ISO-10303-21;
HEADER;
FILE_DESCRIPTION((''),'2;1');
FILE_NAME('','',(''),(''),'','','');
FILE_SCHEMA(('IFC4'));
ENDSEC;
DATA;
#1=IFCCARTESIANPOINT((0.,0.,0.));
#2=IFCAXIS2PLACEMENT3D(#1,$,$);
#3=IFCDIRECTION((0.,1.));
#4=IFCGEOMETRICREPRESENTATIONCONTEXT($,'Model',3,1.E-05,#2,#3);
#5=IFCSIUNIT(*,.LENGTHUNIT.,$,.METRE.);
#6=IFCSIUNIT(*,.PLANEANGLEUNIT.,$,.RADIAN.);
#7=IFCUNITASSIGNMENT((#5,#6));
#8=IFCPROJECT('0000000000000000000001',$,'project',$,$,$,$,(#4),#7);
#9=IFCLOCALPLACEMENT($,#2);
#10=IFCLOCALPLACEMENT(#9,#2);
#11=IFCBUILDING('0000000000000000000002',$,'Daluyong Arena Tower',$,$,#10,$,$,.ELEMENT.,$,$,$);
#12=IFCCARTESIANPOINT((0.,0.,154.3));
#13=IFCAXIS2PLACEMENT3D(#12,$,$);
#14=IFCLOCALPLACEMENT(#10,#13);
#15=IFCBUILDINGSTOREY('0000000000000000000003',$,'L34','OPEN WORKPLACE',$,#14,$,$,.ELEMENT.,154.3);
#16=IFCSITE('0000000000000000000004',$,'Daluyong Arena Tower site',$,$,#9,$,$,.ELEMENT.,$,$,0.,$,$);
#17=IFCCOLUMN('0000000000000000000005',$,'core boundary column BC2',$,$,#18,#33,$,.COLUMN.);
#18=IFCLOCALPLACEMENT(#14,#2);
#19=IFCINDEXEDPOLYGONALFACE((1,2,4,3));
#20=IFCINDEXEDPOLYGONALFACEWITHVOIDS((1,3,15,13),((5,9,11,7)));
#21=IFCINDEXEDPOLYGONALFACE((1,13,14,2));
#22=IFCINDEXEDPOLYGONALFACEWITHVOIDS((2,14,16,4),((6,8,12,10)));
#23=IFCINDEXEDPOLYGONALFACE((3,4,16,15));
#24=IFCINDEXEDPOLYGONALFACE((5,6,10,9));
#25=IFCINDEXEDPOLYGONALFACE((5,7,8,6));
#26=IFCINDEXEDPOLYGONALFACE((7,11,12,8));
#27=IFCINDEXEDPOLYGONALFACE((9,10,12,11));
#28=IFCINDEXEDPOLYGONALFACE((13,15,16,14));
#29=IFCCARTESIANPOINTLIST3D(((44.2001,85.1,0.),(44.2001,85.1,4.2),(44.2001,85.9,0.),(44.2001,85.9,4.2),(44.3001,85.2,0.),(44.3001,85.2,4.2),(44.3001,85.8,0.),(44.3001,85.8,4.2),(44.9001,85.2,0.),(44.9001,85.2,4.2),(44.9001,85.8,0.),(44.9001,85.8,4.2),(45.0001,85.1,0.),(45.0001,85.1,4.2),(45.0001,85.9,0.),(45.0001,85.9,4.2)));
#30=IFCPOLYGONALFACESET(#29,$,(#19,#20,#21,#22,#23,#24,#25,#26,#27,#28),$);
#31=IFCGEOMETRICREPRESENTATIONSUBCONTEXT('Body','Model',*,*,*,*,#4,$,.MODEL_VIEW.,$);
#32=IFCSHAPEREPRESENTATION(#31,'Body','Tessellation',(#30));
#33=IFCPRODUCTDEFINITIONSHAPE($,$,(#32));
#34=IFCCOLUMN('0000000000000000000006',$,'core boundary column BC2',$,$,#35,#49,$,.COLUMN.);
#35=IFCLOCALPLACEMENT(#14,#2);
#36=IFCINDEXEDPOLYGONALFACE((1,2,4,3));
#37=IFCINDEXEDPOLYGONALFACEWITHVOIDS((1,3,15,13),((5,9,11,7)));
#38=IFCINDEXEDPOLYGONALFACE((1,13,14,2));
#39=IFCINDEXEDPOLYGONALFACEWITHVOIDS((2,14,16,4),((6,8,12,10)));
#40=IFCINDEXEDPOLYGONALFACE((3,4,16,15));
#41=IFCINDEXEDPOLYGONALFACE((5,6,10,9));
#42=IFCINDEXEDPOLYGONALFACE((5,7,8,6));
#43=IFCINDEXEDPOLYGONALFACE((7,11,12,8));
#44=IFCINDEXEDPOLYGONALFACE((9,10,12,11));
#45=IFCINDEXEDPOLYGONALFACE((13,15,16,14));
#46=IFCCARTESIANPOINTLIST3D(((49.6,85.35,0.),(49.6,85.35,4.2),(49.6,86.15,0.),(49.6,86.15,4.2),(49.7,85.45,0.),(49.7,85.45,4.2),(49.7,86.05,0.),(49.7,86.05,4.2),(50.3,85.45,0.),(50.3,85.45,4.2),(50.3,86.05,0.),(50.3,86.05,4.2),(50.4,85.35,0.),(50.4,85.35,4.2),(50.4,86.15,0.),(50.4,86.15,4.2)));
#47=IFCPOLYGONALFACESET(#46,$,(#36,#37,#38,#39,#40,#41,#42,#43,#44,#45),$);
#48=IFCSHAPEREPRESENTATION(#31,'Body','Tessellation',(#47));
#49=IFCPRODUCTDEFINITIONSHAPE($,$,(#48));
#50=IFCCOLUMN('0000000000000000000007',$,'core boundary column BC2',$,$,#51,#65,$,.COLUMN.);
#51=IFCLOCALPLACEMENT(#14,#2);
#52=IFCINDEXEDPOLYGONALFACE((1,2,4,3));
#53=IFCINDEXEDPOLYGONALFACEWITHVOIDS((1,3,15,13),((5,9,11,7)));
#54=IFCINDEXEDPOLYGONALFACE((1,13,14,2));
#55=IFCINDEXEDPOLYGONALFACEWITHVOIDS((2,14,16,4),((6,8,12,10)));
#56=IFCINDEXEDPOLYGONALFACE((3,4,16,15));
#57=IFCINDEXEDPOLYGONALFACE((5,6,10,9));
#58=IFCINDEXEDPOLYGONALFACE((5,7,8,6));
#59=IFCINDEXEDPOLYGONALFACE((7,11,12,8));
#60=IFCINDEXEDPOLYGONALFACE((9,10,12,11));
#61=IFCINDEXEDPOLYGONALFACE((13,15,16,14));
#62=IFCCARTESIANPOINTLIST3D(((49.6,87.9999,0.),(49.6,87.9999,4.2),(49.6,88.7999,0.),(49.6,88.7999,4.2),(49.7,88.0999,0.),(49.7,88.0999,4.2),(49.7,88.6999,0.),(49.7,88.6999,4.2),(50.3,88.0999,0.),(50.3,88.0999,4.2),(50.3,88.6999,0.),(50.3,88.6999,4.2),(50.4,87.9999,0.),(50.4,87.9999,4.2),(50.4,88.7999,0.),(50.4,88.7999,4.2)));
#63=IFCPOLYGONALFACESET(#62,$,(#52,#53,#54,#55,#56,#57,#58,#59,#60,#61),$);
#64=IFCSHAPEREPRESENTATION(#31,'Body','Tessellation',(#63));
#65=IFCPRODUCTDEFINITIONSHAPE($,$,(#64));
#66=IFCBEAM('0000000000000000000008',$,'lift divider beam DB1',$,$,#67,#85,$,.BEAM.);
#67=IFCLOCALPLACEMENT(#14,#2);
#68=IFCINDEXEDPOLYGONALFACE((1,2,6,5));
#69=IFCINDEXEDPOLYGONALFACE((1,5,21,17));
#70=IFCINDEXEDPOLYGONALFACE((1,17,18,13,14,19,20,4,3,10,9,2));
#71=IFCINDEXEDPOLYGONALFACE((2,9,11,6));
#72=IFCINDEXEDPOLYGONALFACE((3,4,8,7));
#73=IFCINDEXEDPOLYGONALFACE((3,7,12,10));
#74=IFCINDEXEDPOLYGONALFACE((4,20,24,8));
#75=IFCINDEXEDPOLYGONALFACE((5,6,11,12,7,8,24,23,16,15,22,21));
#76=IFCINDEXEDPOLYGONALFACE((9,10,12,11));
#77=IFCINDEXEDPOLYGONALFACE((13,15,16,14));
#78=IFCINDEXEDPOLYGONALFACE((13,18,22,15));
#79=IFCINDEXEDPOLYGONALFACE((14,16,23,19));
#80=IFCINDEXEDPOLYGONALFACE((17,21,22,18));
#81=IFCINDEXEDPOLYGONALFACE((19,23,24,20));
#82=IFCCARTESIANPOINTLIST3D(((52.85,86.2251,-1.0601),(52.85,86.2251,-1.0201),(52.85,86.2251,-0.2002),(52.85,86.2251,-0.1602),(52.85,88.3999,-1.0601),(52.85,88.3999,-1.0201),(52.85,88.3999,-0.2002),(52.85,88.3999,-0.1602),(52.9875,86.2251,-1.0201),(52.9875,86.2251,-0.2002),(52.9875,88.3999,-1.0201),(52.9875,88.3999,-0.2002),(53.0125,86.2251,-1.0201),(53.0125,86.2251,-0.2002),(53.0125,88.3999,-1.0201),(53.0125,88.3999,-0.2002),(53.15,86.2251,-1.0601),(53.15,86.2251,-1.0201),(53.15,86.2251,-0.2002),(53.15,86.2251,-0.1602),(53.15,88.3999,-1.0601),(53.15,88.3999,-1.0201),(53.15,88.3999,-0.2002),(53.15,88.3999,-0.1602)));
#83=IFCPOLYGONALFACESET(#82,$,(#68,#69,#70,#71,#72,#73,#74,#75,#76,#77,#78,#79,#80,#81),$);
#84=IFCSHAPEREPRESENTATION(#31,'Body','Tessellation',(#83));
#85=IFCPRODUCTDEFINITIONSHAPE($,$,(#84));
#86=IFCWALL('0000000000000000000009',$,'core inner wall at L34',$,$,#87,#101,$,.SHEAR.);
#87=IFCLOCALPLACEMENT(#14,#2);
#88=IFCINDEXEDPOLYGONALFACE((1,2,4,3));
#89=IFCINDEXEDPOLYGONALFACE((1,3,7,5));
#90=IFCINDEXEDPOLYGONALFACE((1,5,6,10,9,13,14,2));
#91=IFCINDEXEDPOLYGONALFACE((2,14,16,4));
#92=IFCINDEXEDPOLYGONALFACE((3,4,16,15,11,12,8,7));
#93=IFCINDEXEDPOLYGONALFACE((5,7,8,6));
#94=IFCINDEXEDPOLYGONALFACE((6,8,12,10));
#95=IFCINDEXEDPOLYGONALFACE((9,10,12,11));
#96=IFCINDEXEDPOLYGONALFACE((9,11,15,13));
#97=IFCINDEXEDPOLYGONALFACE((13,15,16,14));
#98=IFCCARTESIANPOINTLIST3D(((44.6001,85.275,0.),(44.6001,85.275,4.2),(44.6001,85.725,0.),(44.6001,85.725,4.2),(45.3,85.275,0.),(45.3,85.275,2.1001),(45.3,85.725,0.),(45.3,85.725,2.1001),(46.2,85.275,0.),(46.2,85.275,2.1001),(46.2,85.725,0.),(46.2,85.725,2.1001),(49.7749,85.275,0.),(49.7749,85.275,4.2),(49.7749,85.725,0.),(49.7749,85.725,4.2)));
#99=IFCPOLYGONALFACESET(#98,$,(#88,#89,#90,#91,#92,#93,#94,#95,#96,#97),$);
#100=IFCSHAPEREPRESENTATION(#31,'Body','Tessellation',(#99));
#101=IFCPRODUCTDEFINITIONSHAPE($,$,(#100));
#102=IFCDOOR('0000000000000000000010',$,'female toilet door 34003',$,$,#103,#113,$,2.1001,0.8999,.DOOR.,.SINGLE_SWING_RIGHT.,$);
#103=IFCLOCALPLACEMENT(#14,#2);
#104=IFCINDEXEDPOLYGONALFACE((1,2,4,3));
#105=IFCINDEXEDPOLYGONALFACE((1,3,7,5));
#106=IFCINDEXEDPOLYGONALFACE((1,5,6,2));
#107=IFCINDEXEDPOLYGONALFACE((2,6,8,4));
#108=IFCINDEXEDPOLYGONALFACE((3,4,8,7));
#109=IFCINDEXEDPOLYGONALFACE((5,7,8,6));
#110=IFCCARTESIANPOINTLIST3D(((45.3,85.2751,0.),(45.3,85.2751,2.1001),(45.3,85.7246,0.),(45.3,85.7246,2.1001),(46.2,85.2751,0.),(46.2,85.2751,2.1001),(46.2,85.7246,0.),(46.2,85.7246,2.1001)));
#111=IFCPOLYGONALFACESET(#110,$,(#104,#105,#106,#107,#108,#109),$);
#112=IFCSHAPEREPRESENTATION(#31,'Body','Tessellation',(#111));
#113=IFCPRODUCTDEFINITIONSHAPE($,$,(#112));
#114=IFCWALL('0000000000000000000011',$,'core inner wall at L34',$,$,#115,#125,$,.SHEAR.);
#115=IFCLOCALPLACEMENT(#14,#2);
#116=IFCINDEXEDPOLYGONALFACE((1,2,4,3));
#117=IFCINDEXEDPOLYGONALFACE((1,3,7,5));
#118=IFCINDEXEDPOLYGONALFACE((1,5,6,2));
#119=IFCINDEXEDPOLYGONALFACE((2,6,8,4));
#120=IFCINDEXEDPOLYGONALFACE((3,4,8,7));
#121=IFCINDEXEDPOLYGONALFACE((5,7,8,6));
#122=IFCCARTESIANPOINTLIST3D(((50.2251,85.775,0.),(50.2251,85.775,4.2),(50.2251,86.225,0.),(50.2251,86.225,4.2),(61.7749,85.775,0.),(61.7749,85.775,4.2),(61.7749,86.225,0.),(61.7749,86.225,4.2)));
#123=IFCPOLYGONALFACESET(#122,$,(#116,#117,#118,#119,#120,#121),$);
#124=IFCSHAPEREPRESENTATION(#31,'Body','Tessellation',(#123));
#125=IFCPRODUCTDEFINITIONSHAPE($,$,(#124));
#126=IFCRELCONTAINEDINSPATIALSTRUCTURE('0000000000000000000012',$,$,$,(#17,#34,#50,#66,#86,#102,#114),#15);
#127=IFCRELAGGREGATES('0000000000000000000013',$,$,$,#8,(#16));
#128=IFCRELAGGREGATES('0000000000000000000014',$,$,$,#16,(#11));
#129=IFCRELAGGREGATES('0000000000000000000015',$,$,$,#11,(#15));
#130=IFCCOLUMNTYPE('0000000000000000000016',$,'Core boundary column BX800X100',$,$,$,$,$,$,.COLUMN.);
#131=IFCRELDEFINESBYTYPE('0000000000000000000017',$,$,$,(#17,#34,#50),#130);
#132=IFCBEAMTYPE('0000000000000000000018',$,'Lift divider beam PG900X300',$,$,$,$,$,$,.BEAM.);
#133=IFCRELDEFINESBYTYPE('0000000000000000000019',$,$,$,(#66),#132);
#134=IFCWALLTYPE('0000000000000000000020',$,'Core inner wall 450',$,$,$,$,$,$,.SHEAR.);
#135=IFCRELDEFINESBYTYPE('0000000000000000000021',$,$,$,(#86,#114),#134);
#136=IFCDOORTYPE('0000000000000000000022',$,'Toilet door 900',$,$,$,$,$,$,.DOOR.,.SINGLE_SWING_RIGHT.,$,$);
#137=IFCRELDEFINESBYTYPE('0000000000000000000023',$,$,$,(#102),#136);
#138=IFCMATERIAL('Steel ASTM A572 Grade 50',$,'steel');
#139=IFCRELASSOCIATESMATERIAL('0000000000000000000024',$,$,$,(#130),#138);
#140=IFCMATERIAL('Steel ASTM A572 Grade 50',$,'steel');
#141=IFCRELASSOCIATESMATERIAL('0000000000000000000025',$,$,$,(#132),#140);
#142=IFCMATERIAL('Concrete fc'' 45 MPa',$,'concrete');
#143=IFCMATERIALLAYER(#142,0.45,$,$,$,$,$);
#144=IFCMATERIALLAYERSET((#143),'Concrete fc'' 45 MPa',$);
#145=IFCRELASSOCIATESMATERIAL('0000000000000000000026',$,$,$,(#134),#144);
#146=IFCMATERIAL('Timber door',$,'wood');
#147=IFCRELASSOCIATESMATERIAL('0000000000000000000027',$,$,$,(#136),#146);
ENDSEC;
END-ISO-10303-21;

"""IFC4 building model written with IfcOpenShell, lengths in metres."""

from ifc_helpers import new_model, si_unit, direction, frame, frame_2d, origin, origin_2d, place, context, subcontext, project, spatial, rectangle, hollow_rectangle, i_section, extrude, material, layer, layer_set, material_profile, profile_set, type_object, element, fill, save


model = new_model("IFC4")

# Units and contexts
model_context = context("Model", 3, precision=1e-05, world=origin(), true_north=direction((0.0, 1.0)))
body_context = subcontext(model_context, "Body", "Model", "MODEL_VIEW")
ifc_project = project(units=[si_unit("LENGTHUNIT", "METRE"), si_unit("PLANEANGLEUNIT", "RADIAN")], contexts=[model_context])

# Site, building, storey
site_placement = place(None, origin())
site = spatial("IfcSite", under=ifc_project, at=site_placement, Name="Daluyong Arena Tower site", CompositionType="ELEMENT", RefElevation=0.0)
building_placement = place(site_placement, origin())
building = spatial("IfcBuilding", under=site, at=building_placement, Name="Daluyong Arena Tower", CompositionType="ELEMENT")
storey_placement = place(building_placement, frame((0.0, 0.0, 154.3)))
storey = spatial("IfcBuildingStorey", under=building, at=storey_placement, Name="L34", Description="OPEN WORKPLACE", CompositionType="ELEMENT", Elevation=154.3)

# Columns
ifc_material_1 = material(Name="Steel ASTM A572 Grade 50", Category="steel")
ifc_material_profile_1 = material_profile(ifc_material_1, hollow_rectangle(XDim=0.8, YDim=0.8, WallThickness=0.1, at=origin_2d()))
ifc_profile_set_1 = profile_set([ifc_material_profile_1], Name="Steel ASTM A572 Grade 50")
column_type = type_object("IfcColumnType", Name="Core boundary column BX800X100", PredefinedType="COLUMN", material=ifc_profile_set_1)
for number, where, z_axis, x_axis, name in (
    (1, (44.6001, 85.5, 0.0), (0.0, 0.0, 1.0), (1.0, 0.0, 0.0), "core boundary column BC2"),
    (2, (50.0, 85.75, 0.0), (0.0, 0.0, 1.0), (1.0, 0.0, 0.0), "core boundary column BC2"),
    (3, (50.0, 88.3999, 0.0), (0.0, 0.0, 1.0), (1.0, 0.0, 0.0), "core boundary column BC2"),
):
    element("IfcColumn", number, at=place(storey_placement, frame(where, z_axis=z_axis, x_axis=x_axis)), inside=storey, type_object=column_type, Name=name, PredefinedType="COLUMN", context=body_context, shape_type="SweptSolid", body=[
        extrude(hollow_rectangle(XDim=0.8, YDim=0.8, WallThickness=0.1, at=origin_2d()), origin(), (0.0, 0.0, 1.0), 4.2),
    ])

# Beam
ifc_material_2 = material(Name="Steel ASTM A572 Grade 50", Category="steel")
ifc_material_profile_2 = material_profile(ifc_material_2, i_section(OverallWidth=0.3, OverallDepth=0.8999, WebThickness=0.025, FlangeThickness=0.04, at=origin_2d()))
ifc_profile_set_2 = profile_set([ifc_material_profile_2], Name="Steel ASTM A572 Grade 50")
beam_type = type_object("IfcBeamType", Name="Lift divider beam PG900X300", PredefinedType="BEAM", material=ifc_profile_set_2)
beam_placement = place(storey_placement, frame((53.0, 86.2251, -0.6101), z_axis=(0.0, 1.0, 0.0), x_axis=(-1.0, 0.0, 0.0)))
element("IfcBeam", 4, at=beam_placement, inside=storey, type_object=beam_type, Name="lift divider beam DB1", PredefinedType="BEAM", context=body_context, shape_type="SweptSolid", body=[
    extrude(i_section(OverallWidth=0.3, OverallDepth=0.8999, WebThickness=0.025, FlangeThickness=0.04, at=origin_2d()), origin(), (0.0, 0.0, 1.0), 2.1748),
])

# Wall, opening, door
ifc_material_3 = material(Name="Concrete fc' 45 MPa", Category="concrete")
ifc_layer_1 = layer(ifc_material_3, 0.45)
ifc_layer_set_1 = layer_set([ifc_layer_1], Name="Concrete fc' 45 MPa")
wall_type_1 = type_object("IfcWallType", Name="Core inner wall 450", PredefinedType="SHEAR", material=ifc_layer_set_1)
wall_1_placement = place(storey_placement, frame((44.6001, 85.5, 0.0), z_axis=(0.0, 0.0, 1.0), x_axis=(1.0, 0.0, 0.0)))
wall_1 = element("IfcWall", 5, at=wall_1_placement, inside=storey, type_object=wall_type_1, Name="core inner wall at L34", PredefinedType="SHEAR", context=body_context, shape_type="SweptSolid", body=[
    extrude(rectangle(XDim=5.1748, YDim=0.45, at=frame_2d((2.5874, 0.0))), origin(), (0.0, 0.0, 1.0), 4.2),
])
opening_1_placement = place(wall_1_placement, frame((0.7, 0.0, 0.0)))
opening_1 = element("IfcOpeningElement", 6, at=opening_1_placement, cuts=wall_1, PredefinedType="OPENING", context=body_context, shape_type="SweptSolid", body=[
    extrude(rectangle(XDim=0.8999, YDim=2.1001, at=frame_2d((0.45, 1.05))), frame((0.0, 0.2349, 0.0), z_axis=(0.0, -1.0, 0.0), x_axis=(1.0, 0.0, 0.0)), (0.0, 0.0, 1.0), 0.47),
])
ifc_material_4 = material(Name="Timber door", Category="wood")
door_type_1 = type_object("IfcDoorType", Name="Toilet door 900", OperationType="SINGLE_SWING_RIGHT", PredefinedType="DOOR", material=ifc_material_4)
door_1_placement = place(opening_1_placement, origin())
door_1 = element("IfcDoor", 7, at=door_1_placement, inside=storey, type_object=door_type_1, Name="female toilet door 34003", OperationType="SINGLE_SWING_RIGHT", OverallHeight=2.1001, OverallWidth=0.8999, PredefinedType="DOOR", context=body_context, shape_type="SweptSolid", body=[
    extrude(rectangle(XDim=0.8999, YDim=2.1001, at=frame_2d((0.45, 1.05))), frame((0.0, 0.2246, 0.0), z_axis=(0.0, -1.0, 0.0), x_axis=(1.0, 0.0, 0.0)), (0.0, 0.0, 1.0), 0.4495),
])
fill(opening_1, door_1)

# Wall
wall_2_placement = place(storey_placement, frame((50.2251, 86.0, 0.0), z_axis=(0.0, 0.0, 1.0), x_axis=(1.0, 0.0, 0.0)))
element("IfcWall", 8, at=wall_2_placement, inside=storey, type_object=wall_type_1, Name="core inner wall at L34", PredefinedType="SHEAR", context=body_context, shape_type="SweptSolid", body=[
    extrude(rectangle(XDim=11.5498, YDim=0.45, at=frame_2d((5.7749, 0.0))), origin(), (0.0, 0.0, 1.0), 4.2),
])

save(model, "model.ifc")
